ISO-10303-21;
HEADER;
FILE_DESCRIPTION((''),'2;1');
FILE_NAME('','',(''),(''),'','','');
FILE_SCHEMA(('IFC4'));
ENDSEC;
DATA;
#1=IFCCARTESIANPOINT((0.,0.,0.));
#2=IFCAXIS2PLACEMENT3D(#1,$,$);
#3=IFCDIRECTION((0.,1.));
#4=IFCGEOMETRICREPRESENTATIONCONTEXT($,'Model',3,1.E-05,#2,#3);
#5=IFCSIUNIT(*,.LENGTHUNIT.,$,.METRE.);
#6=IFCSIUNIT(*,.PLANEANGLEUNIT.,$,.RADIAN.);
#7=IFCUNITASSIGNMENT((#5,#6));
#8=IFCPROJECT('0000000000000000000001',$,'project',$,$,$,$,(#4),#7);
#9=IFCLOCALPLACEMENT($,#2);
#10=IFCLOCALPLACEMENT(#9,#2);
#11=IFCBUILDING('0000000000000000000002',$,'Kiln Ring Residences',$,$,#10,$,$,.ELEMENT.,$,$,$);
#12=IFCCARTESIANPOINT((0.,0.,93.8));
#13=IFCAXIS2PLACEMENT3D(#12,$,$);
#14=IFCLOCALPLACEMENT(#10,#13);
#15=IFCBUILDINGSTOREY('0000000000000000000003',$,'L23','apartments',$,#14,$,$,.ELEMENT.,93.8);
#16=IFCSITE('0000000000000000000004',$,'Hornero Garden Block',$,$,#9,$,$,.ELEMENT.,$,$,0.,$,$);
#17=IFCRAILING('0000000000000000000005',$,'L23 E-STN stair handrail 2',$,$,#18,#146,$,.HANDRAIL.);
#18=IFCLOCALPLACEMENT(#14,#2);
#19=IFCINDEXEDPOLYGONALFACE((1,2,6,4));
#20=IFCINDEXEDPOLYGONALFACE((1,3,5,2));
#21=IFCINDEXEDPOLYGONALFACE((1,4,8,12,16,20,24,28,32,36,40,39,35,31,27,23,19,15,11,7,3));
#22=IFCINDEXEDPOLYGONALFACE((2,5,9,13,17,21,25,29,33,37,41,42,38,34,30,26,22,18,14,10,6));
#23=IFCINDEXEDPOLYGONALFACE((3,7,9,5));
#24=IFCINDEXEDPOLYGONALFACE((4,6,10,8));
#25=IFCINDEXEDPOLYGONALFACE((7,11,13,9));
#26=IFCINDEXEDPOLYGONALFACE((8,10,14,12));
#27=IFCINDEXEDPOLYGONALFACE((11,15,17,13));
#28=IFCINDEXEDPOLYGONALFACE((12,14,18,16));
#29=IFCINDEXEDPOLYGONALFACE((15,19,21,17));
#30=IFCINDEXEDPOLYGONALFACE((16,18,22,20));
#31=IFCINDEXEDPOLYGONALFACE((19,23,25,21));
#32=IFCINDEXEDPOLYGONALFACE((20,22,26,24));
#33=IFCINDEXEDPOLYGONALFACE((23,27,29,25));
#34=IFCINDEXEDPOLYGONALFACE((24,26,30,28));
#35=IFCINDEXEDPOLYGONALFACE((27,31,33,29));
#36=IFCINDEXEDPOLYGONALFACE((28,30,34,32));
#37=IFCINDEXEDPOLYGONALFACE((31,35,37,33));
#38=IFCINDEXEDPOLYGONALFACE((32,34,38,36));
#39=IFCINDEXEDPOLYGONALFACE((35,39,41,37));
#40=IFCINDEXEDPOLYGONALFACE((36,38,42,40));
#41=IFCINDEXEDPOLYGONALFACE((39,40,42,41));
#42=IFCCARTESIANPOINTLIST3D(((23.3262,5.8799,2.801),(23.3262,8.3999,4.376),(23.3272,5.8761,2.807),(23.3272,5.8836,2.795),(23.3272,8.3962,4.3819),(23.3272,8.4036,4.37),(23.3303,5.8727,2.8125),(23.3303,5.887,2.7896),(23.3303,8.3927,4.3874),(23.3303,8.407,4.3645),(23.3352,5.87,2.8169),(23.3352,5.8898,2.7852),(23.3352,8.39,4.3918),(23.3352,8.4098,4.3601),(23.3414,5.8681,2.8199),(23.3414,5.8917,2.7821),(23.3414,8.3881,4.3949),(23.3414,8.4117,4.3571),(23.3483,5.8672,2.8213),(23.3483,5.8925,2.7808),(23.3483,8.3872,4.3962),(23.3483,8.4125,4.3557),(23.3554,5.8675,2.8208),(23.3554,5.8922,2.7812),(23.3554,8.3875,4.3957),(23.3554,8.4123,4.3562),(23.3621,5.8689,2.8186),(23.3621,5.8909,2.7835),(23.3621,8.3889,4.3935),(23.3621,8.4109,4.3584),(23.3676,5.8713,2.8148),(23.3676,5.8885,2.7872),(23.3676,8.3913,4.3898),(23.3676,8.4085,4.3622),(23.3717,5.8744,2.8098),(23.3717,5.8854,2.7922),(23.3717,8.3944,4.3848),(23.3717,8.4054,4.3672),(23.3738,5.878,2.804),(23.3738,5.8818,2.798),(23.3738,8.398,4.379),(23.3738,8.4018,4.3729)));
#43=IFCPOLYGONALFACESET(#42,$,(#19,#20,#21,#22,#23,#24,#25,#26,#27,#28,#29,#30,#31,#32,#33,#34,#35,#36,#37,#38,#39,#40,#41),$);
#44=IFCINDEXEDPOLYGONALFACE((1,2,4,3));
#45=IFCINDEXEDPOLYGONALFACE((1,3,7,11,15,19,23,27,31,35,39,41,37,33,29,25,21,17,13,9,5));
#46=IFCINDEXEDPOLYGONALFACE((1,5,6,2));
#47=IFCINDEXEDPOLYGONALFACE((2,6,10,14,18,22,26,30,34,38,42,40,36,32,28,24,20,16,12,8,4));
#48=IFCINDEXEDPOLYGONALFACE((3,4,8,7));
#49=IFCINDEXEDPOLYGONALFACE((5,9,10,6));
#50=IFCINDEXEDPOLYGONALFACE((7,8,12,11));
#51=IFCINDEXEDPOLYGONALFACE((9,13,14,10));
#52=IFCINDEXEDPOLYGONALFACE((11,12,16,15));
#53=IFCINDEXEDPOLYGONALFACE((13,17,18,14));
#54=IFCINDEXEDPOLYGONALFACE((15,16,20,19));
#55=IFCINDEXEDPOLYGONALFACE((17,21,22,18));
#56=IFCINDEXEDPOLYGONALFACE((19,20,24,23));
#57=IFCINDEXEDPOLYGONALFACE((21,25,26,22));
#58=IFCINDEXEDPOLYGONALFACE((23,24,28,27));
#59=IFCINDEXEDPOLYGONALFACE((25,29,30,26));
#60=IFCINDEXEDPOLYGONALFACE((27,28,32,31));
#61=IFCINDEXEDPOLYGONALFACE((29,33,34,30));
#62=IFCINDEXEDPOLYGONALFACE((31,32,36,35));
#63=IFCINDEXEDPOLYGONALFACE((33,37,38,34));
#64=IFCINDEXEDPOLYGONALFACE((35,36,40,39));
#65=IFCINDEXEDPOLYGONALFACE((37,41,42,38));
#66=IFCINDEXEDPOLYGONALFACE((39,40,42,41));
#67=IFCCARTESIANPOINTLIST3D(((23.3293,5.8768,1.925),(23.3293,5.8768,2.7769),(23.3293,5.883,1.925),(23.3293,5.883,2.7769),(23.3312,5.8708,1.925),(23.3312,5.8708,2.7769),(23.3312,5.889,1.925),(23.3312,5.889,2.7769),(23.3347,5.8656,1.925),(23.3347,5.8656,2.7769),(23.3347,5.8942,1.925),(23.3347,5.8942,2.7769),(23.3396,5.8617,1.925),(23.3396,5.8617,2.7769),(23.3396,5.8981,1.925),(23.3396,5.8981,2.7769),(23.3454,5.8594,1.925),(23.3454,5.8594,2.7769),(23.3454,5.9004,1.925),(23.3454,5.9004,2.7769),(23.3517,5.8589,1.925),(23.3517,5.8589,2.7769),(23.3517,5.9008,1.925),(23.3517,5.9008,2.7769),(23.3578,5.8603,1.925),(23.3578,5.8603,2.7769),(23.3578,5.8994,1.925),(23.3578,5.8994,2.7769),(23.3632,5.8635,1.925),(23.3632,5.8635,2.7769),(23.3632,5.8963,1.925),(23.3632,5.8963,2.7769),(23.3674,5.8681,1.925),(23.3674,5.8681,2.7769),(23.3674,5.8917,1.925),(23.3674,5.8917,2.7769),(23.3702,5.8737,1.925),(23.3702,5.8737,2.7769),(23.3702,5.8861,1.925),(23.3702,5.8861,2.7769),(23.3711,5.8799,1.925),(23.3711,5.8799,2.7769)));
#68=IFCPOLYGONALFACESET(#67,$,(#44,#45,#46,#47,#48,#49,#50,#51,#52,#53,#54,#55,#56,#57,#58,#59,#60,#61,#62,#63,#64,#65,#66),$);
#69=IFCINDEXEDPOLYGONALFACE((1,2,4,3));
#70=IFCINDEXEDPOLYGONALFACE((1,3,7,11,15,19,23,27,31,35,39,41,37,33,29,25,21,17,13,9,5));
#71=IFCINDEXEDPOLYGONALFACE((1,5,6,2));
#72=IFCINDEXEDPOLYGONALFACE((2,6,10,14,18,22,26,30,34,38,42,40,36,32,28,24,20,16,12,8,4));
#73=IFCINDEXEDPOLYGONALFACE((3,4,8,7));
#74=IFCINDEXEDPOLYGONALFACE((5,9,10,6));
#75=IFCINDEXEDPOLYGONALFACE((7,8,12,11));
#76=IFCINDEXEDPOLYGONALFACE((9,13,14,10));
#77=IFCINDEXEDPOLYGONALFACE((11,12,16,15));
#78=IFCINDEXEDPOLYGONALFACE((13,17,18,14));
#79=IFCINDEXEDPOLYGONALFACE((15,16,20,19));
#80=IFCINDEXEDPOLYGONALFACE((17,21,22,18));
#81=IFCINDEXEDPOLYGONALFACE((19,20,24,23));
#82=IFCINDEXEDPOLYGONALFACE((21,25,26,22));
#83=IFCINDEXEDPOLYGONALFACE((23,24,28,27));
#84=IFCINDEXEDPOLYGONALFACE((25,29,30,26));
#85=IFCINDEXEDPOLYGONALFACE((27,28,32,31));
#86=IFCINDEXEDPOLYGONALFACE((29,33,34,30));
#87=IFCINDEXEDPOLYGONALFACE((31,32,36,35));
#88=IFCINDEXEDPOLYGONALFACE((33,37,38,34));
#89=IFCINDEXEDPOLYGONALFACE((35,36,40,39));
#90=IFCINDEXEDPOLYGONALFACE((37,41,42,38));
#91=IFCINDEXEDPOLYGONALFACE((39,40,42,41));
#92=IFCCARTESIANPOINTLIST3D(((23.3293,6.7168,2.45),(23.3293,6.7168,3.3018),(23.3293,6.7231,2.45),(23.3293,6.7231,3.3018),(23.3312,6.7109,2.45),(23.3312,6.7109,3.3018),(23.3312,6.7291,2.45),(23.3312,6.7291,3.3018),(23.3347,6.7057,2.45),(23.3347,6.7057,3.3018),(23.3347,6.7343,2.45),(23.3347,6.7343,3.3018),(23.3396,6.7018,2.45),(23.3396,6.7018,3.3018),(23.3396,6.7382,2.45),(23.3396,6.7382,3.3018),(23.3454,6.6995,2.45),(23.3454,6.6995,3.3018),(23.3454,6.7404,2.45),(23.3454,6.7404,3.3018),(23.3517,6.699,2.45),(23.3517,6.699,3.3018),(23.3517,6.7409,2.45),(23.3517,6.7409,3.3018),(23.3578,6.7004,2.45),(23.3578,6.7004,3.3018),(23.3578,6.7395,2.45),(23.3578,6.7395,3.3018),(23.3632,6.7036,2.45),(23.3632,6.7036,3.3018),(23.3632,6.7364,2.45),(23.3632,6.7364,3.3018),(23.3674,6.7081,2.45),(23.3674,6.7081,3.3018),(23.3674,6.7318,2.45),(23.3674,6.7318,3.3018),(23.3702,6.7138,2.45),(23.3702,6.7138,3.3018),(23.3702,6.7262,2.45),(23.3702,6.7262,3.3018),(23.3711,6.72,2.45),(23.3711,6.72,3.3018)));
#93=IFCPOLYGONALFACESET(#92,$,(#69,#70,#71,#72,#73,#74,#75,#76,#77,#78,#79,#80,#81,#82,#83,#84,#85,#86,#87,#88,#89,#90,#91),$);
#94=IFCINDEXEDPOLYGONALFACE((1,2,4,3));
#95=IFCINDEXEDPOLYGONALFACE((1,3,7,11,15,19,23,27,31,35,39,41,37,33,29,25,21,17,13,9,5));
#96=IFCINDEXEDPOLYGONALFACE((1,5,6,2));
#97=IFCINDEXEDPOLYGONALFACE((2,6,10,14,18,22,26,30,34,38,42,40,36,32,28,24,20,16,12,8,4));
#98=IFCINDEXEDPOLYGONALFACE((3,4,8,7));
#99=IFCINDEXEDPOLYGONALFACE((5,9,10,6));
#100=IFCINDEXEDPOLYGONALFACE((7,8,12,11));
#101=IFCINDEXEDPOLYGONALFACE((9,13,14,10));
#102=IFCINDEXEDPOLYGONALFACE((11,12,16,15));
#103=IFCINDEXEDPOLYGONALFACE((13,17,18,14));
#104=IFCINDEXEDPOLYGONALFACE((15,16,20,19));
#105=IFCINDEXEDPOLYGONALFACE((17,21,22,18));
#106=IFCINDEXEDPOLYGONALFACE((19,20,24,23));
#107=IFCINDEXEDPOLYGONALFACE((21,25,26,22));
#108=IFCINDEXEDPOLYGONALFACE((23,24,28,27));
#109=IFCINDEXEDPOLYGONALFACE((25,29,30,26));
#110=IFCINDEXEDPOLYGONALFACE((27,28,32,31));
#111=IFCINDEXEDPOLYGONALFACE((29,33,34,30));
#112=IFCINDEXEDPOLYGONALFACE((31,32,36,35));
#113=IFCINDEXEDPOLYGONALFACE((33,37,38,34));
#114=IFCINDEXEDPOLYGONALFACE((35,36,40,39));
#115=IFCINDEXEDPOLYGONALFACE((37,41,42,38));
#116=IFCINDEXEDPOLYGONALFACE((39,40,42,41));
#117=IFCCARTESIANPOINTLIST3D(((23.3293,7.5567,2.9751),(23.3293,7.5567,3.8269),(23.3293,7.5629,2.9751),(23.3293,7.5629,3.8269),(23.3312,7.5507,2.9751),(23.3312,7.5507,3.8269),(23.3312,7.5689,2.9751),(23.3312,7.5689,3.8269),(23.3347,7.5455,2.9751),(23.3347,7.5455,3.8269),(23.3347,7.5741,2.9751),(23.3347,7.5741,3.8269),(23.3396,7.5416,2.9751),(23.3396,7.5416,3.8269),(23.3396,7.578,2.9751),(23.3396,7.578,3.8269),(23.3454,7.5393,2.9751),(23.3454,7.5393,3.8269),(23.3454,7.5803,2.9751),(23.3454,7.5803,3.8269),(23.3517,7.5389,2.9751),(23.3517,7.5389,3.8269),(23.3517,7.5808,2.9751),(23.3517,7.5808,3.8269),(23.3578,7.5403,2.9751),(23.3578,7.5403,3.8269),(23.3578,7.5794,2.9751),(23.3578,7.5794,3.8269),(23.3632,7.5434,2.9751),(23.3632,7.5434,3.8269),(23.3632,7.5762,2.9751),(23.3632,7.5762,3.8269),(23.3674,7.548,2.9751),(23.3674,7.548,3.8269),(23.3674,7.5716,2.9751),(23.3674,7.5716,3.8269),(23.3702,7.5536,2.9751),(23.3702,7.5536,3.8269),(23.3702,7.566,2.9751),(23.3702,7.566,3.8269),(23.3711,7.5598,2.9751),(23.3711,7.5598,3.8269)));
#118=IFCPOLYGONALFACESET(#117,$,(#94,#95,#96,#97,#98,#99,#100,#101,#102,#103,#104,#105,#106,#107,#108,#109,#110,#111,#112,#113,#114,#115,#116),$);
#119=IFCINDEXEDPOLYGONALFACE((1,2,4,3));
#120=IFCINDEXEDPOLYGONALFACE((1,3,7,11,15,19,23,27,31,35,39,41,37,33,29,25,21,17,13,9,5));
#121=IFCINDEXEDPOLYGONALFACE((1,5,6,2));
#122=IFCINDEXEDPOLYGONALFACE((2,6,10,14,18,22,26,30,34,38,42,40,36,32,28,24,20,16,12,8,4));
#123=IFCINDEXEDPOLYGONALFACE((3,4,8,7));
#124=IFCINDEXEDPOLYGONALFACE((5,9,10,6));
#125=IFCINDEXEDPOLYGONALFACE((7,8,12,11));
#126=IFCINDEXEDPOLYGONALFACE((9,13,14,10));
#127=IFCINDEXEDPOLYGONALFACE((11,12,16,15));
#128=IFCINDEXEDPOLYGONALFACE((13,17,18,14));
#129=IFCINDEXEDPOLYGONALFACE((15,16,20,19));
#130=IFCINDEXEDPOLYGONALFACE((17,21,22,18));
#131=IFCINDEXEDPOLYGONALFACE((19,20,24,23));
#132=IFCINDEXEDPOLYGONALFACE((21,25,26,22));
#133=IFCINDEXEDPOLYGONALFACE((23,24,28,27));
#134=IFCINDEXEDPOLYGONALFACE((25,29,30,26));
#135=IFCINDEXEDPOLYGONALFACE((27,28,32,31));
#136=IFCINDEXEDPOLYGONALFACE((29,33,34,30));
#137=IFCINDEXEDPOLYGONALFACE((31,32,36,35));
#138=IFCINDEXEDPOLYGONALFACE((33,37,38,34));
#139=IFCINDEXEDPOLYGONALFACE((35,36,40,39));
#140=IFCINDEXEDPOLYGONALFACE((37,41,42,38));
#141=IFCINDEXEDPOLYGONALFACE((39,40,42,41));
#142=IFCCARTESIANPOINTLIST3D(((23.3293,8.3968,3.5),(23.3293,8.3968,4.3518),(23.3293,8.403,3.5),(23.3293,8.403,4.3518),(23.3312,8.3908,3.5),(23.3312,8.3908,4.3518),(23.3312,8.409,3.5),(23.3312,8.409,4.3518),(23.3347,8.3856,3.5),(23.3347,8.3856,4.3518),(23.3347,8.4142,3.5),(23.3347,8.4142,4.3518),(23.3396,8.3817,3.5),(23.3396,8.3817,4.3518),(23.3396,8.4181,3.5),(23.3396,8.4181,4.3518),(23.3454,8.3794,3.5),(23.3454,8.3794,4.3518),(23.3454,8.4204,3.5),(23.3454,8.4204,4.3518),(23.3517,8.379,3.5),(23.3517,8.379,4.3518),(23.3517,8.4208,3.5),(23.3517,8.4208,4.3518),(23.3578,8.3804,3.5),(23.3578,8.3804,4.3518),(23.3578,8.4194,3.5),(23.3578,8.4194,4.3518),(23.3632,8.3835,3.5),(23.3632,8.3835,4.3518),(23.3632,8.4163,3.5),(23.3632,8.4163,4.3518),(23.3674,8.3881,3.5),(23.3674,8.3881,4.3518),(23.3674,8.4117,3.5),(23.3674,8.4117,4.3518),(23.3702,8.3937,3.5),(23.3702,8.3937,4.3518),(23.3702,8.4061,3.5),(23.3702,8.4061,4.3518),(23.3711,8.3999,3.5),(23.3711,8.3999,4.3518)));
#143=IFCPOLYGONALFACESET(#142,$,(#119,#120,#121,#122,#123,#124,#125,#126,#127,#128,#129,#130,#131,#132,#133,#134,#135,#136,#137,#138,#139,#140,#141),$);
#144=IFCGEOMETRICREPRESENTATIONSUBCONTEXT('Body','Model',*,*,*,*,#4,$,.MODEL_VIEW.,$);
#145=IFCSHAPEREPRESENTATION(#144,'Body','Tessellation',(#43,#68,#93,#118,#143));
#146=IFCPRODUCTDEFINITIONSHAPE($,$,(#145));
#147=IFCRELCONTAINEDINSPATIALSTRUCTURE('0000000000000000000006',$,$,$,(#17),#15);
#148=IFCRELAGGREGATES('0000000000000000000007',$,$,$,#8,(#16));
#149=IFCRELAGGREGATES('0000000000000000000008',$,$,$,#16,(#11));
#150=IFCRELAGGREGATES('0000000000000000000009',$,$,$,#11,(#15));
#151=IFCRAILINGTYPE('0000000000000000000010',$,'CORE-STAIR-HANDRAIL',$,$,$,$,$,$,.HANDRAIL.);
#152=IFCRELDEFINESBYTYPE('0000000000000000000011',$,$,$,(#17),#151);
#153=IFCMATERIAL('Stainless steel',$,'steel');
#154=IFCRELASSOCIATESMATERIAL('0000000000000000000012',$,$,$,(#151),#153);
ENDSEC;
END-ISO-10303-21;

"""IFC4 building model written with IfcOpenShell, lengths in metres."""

from ifc_helpers import new_model, si_unit, direction, frame, origin, origin_2d, place, context, subcontext, project, spatial, circle, extrude, material, type_object, element, save


model = new_model("IFC4")

# Units and contexts
model_context = context("Model", 3, precision=1e-05, world=origin(), true_north=direction((0.0, 1.0)))
body_context = subcontext(model_context, "Body", "Model", "MODEL_VIEW")
ifc_project = project(units=[si_unit("LENGTHUNIT", "METRE"), si_unit("PLANEANGLEUNIT", "RADIAN")], contexts=[model_context])

# Site, building, storey
site_placement = place(None, origin())
site = spatial("IfcSite", under=ifc_project, at=site_placement, Name="Hornero Garden Block", CompositionType="ELEMENT", RefElevation=0.0)
building_placement = place(site_placement, origin())
building = spatial("IfcBuilding", under=site, at=building_placement, Name="Kiln Ring Residences", CompositionType="ELEMENT")
storey_placement = place(building_placement, frame((0.0, 0.0, 93.8)))
storey = spatial("IfcBuildingStorey", under=building, at=storey_placement, Name="L23", Description="apartments", CompositionType="ELEMENT", Elevation=93.8)

# Railing
ifc_material_1 = material(Name="Stainless steel", Category="steel")
railing_type_1 = type_object("IfcRailingType", Name="CORE-STAIR-HANDRAIL", PredefinedType="HANDRAIL", material=ifc_material_1)
railing_1_placement = place(storey_placement, frame((23.3501, 5.8799, 1.925)))
element("IfcRailing", 1, at=railing_1_placement, inside=storey, type_object=railing_type_1, Name="L23 E-STN stair handrail 2", PredefinedType="HANDRAIL", context=body_context, shape_type="SweptSolid", body=[
    extrude(circle(Radius=0.0239, at=origin_2d()), frame((0.0, 0.0, 0.876), z_axis=(0.0, 0.848008, 0.529984), x_axis=(-1.0, 0.0, 0.0)), (0.0, 0.0, 1.0), 2.9717),
    extrude(circle(Radius=0.021, at=origin_2d()), origin(), (0.0, 0.0, 1.0), 0.8518),
    extrude(circle(Radius=0.021, at=origin_2d()), frame((0.0, 0.8401, 0.5249)), (0.0, 0.0, 1.0), 0.8518),
    extrude(circle(Radius=0.021, at=origin_2d()), frame((0.0, 1.6799, 1.05)), (0.0, 0.0, 1.0), 0.8518),
    extrude(circle(Radius=0.021, at=origin_2d()), frame((0.0, 2.52, 1.575)), (0.0, 0.0, 1.0), 0.8518),
])

save(model, "model.ifc")
